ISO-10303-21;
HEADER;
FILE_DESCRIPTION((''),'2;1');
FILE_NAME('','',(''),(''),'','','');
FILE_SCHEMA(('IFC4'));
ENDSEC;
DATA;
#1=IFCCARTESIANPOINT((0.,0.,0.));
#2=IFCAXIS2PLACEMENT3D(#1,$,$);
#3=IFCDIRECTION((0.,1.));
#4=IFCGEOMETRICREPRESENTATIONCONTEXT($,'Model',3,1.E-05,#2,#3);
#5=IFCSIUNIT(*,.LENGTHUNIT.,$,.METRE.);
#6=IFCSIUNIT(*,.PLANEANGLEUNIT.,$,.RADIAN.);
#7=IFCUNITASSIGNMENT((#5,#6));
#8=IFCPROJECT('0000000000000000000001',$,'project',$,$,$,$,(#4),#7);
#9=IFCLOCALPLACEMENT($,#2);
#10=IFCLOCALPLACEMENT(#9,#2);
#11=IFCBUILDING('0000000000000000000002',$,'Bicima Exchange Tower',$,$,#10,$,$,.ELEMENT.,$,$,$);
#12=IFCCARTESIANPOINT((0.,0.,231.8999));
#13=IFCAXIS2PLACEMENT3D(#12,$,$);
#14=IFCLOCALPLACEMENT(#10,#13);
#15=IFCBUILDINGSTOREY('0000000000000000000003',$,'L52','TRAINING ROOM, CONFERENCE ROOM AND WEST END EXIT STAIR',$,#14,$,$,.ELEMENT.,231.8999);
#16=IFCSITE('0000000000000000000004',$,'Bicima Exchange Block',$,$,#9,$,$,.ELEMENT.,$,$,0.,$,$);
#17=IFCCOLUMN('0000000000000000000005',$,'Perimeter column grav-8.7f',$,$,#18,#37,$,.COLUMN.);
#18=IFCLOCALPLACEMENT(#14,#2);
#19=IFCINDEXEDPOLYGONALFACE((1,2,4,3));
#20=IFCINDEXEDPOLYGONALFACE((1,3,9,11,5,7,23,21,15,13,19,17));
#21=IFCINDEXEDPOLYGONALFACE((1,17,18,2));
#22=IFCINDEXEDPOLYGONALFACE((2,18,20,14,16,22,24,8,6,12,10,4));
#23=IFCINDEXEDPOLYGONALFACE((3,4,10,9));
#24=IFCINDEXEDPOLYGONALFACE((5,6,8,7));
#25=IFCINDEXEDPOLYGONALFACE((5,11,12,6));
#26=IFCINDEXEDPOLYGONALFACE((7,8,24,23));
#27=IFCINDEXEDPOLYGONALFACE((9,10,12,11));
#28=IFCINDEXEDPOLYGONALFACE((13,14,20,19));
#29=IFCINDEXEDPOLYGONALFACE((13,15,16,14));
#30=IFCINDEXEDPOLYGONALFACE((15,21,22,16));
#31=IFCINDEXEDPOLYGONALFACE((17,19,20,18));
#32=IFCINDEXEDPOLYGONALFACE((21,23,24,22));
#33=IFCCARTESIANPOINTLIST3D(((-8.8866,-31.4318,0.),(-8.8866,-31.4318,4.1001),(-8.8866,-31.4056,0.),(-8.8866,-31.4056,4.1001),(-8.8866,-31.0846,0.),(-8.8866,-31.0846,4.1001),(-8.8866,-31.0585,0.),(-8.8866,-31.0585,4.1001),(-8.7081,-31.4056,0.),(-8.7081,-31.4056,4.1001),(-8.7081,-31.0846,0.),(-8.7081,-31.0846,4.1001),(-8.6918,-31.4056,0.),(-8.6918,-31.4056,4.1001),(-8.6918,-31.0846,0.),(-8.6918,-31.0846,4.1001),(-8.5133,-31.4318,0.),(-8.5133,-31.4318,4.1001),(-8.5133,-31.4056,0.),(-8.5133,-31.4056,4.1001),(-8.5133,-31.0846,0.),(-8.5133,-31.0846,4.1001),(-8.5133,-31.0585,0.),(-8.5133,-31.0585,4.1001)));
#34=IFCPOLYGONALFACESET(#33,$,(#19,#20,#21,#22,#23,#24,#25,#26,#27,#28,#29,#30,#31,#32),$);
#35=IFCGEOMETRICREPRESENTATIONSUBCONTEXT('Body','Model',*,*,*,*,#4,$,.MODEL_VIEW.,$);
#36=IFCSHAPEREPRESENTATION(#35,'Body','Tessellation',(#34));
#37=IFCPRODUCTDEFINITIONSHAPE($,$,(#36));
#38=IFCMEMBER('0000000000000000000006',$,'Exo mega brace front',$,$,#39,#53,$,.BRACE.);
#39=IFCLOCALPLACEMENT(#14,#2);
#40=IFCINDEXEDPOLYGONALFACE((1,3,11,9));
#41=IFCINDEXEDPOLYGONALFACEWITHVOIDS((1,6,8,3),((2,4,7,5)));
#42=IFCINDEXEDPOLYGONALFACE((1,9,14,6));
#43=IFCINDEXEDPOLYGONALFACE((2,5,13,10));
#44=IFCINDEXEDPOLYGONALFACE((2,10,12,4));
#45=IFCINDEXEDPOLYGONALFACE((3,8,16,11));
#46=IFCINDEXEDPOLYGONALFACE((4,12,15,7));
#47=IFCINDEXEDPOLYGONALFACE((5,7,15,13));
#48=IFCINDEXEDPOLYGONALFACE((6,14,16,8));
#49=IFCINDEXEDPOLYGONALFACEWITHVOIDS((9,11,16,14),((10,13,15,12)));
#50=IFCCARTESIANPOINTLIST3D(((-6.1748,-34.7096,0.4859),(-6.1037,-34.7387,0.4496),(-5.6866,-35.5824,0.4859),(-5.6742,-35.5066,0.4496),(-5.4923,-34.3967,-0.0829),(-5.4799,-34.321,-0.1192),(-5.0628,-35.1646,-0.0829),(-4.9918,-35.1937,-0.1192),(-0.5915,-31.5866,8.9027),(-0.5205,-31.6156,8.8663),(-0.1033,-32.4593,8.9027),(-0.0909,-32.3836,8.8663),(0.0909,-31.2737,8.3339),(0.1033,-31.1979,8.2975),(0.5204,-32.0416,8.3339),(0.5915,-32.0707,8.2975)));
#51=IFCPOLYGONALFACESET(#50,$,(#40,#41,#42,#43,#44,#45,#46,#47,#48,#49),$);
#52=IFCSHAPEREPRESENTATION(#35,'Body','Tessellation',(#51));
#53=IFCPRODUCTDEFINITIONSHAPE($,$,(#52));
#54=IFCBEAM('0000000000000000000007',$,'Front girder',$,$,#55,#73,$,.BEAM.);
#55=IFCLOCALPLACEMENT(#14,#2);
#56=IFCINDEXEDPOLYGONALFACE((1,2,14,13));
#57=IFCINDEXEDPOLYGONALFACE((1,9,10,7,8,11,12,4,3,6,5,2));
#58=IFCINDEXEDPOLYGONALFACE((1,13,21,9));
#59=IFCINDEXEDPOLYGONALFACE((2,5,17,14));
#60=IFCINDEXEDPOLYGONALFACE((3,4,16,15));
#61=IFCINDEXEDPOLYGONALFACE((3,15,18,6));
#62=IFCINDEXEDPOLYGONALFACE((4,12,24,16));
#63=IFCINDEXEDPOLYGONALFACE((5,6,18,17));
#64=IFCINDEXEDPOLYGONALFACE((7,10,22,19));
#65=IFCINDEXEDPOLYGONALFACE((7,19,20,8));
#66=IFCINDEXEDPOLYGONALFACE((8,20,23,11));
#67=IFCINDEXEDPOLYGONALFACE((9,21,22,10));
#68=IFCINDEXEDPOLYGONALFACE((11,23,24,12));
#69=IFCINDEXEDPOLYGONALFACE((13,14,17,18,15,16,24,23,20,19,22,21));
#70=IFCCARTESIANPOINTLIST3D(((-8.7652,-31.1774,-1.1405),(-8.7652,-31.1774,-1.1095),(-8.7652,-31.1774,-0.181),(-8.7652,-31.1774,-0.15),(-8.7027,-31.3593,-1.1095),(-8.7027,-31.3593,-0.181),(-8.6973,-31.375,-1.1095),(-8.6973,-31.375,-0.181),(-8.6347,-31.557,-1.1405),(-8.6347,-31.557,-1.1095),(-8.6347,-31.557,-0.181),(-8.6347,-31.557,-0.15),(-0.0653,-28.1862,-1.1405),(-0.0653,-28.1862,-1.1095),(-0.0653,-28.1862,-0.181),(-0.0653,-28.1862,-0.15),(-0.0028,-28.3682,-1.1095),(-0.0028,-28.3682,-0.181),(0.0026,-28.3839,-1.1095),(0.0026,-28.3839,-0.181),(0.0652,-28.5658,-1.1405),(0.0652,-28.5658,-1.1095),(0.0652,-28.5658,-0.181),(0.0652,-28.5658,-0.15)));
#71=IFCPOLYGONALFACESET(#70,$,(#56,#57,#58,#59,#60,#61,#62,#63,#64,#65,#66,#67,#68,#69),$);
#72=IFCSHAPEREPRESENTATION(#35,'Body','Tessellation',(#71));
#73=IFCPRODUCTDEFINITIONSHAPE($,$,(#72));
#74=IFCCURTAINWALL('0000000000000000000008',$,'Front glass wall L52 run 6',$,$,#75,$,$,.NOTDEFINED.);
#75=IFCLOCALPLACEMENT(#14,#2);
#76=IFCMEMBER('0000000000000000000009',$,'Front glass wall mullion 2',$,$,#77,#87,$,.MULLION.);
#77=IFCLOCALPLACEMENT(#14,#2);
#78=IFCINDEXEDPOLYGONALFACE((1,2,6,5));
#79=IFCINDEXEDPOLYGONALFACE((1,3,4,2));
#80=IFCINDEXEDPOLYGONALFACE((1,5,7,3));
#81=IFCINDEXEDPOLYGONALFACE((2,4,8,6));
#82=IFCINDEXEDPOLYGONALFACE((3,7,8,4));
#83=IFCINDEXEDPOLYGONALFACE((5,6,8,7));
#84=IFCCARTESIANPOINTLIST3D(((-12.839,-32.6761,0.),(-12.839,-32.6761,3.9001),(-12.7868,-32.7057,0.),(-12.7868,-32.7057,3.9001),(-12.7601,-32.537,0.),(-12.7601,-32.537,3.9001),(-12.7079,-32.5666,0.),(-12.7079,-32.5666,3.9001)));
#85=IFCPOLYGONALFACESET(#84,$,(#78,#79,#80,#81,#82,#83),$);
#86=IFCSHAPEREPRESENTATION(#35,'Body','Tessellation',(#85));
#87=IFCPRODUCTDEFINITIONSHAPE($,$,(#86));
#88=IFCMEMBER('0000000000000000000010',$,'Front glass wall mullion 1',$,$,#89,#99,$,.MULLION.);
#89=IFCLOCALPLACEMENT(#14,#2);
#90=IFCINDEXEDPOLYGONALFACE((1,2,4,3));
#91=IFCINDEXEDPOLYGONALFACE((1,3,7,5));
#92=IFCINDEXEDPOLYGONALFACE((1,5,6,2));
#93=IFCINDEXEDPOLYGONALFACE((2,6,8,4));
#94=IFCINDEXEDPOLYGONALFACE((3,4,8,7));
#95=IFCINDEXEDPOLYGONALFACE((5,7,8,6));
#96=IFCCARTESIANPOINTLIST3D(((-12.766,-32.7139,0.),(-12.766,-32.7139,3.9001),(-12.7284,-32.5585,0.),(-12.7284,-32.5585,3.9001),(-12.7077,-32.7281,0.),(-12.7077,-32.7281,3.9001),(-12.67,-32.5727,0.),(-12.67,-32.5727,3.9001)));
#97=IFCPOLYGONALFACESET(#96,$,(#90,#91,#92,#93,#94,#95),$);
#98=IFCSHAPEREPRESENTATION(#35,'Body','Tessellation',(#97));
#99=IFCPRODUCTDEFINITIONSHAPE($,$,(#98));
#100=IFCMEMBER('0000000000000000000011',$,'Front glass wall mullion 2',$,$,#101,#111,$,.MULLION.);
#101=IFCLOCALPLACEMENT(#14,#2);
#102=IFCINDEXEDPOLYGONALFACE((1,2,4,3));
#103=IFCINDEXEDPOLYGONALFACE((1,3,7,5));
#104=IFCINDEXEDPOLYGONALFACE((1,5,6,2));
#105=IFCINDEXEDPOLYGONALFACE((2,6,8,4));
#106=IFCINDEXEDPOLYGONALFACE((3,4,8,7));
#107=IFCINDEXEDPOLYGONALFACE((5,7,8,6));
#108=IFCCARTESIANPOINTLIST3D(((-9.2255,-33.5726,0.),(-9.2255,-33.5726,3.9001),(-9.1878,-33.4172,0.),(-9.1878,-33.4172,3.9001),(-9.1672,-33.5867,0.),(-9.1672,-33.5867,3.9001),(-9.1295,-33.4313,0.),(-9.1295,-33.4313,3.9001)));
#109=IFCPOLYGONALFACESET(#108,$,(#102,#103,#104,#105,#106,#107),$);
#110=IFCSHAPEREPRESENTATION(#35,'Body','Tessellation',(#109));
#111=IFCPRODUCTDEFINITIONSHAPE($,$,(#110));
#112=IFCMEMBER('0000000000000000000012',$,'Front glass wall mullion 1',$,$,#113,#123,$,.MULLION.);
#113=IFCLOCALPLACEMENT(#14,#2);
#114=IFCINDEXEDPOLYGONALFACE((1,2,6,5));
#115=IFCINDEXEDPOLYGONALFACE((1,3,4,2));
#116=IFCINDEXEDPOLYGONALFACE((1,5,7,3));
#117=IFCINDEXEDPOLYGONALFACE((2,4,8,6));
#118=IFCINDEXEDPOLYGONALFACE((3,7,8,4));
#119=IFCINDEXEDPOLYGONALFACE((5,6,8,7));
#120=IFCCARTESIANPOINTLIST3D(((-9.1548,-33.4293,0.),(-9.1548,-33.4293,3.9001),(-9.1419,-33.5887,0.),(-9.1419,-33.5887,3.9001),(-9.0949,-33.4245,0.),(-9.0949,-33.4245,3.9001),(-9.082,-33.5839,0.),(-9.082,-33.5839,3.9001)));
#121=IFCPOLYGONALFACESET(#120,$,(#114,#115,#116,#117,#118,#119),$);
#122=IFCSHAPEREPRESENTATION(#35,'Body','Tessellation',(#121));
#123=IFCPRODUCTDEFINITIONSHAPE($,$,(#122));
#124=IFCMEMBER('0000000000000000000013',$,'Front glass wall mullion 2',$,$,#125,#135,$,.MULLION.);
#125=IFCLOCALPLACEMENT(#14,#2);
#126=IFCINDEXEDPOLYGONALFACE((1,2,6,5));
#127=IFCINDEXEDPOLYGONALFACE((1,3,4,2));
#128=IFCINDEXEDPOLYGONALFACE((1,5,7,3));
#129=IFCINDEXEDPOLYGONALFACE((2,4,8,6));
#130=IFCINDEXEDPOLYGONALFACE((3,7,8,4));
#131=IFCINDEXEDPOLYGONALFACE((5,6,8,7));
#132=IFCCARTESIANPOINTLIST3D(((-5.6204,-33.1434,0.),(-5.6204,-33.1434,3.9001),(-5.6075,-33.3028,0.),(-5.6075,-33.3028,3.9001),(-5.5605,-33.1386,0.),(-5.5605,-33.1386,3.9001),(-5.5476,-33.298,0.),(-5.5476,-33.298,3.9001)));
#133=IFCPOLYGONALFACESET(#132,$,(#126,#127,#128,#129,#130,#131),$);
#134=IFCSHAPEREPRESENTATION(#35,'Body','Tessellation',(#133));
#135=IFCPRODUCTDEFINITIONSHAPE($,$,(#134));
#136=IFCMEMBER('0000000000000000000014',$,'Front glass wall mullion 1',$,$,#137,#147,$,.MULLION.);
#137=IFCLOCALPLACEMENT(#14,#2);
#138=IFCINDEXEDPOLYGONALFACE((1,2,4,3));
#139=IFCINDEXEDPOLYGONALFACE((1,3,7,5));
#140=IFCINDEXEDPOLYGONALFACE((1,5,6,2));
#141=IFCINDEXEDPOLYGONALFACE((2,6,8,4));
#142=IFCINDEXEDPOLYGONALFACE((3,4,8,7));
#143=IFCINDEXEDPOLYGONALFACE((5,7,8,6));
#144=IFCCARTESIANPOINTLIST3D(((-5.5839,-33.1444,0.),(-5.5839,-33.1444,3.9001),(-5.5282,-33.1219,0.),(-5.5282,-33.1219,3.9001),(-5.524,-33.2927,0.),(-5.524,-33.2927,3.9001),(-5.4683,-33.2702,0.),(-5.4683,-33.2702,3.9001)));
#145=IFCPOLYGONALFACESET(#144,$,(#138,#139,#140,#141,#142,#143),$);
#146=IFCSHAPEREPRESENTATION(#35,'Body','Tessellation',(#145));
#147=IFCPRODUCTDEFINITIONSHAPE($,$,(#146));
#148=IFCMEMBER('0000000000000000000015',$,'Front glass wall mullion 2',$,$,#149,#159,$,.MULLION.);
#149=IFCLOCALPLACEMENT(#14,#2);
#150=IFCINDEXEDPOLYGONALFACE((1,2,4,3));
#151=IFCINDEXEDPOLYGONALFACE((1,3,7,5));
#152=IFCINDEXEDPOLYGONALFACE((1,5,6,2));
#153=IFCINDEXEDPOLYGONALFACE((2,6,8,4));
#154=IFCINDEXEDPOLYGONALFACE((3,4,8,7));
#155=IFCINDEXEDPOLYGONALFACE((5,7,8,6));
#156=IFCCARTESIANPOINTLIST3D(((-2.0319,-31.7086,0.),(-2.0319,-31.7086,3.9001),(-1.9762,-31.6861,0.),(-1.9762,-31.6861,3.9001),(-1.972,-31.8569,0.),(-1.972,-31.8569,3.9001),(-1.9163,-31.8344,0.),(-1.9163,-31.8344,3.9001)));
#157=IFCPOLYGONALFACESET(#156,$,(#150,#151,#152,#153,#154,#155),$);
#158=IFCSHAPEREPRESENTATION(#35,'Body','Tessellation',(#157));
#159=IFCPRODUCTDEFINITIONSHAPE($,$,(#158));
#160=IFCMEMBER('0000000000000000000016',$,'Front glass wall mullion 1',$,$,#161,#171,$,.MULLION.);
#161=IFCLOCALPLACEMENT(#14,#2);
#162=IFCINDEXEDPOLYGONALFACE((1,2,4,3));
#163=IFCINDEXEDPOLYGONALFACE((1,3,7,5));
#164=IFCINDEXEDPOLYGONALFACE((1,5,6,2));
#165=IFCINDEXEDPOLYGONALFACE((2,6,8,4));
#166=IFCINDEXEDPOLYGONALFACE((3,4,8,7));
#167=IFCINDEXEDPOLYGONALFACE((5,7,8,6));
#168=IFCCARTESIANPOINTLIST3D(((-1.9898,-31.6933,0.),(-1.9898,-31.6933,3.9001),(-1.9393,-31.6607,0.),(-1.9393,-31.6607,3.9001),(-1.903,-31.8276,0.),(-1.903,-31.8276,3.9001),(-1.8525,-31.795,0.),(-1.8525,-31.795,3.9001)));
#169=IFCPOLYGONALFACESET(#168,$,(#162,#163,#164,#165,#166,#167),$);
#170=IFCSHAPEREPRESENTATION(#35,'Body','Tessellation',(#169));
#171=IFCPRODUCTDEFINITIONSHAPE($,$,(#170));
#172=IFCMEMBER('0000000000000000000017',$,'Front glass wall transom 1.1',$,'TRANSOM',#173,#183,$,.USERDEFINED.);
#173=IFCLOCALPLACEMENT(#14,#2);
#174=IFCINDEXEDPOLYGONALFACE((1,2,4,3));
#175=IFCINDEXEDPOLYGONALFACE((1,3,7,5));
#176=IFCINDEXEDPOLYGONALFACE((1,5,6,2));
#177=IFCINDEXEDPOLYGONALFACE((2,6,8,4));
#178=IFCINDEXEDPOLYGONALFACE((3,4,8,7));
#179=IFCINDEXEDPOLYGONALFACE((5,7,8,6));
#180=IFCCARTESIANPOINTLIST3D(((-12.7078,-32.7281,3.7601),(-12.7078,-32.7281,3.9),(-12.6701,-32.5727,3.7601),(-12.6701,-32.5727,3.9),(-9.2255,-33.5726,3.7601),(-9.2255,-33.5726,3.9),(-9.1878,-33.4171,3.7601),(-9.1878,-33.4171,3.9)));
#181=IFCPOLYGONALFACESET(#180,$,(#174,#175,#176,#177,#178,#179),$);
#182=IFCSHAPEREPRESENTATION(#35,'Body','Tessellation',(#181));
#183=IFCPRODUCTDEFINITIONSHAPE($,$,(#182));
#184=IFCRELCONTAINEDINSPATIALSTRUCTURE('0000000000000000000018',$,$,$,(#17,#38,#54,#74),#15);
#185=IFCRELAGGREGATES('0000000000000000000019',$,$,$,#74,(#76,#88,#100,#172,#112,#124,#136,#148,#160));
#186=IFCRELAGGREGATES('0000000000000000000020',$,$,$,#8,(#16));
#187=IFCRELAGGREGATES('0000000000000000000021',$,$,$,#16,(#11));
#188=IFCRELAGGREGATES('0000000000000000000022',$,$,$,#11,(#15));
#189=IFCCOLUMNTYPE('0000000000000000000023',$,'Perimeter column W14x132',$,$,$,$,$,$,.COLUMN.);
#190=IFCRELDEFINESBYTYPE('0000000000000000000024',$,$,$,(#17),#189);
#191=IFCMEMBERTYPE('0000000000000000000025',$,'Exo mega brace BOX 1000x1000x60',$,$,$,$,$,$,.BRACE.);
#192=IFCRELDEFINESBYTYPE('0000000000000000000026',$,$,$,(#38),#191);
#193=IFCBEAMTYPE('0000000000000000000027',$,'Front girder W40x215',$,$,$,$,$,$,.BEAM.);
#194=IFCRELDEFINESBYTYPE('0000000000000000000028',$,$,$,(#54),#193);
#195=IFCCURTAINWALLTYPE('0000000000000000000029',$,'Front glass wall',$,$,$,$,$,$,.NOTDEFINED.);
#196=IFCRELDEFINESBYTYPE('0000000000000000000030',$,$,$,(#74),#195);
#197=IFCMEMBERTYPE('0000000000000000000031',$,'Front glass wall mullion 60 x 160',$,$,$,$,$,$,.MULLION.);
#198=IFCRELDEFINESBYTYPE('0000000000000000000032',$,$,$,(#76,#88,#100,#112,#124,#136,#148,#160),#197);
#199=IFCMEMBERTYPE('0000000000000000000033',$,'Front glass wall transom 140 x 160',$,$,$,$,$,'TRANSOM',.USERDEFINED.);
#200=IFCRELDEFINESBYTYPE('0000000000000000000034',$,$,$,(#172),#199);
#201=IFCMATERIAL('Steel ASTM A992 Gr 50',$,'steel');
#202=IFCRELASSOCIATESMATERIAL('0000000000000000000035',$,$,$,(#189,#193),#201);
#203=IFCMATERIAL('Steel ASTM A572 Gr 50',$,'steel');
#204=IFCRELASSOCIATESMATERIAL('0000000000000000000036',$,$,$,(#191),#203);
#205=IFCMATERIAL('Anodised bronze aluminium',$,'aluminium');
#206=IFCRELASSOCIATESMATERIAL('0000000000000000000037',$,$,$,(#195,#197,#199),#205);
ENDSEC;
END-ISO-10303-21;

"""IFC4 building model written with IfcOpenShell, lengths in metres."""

from ifc_helpers import new_model, si_unit, direction, frame, origin, origin_2d, place, context, subcontext, project, spatial, rectangle, hollow_rectangle, i_section, extrude, material, material_profile, profile_set, type_object, element, aggregate, save


model = new_model("IFC4")

# Units and contexts
model_context = context("Model", 3, precision=1e-05, world=origin(), true_north=direction((0.0, 1.0)))
body_context = subcontext(model_context, "Body", "Model", "MODEL_VIEW")
ifc_project = project(units=[si_unit("LENGTHUNIT", "METRE"), si_unit("PLANEANGLEUNIT", "RADIAN")], contexts=[model_context])

# Site, building, storey
site_placement = place(None, origin())
site = spatial("IfcSite", under=ifc_project, at=site_placement, Name="Bicima Exchange Block", CompositionType="ELEMENT", RefElevation=0.0)
building_placement = place(site_placement, origin())
building = spatial("IfcBuilding", under=site, at=building_placement, Name="Bicima Exchange Tower", CompositionType="ELEMENT")
storey_placement = place(building_placement, frame((0.0, 0.0, 231.8999)))
storey = spatial("IfcBuildingStorey", under=building, at=storey_placement, Name="L52", Description="TRAINING ROOM, CONFERENCE ROOM AND WEST END EXIT STAIR", CompositionType="ELEMENT", Elevation=231.8999)

# Column
ifc_material_1 = material(Name="Steel ASTM A992 Gr 50", Category="steel")
ifc_material_profile_1 = material_profile(ifc_material_1, i_section(OverallWidth=0.3733, OverallDepth=0.3733, WebThickness=0.0164, FlangeThickness=0.0261, at=origin_2d()))
ifc_profile_set_1 = profile_set([ifc_material_profile_1], Name="Steel ASTM A992 Gr 50")
column_type = type_object("IfcColumnType", Name="Perimeter column W14x132", PredefinedType="COLUMN", material=ifc_profile_set_1)
column_placement = place(storey_placement, frame((-8.7, -31.2451, 0.0), z_axis=(0.0, 0.0, 1.0), x_axis=(1.0, 0.0, 0.0)))
element("IfcColumn", 1, at=column_placement, inside=storey, type_object=column_type, Name="Perimeter column grav-8.7f", PredefinedType="COLUMN", context=body_context, shape_type="SweptSolid", body=[
    extrude(i_section(OverallWidth=0.3733, OverallDepth=0.3733, WebThickness=0.0164, FlangeThickness=0.0261, at=origin_2d()), origin(), (0.0, 0.0, 1.0), 4.1001),
])

# Member
ifc_material_2 = material(Name="Steel ASTM A572 Gr 50", Category="steel")
ifc_material_profile_2 = material_profile(ifc_material_2, hollow_rectangle(XDim=1.0, YDim=1.0, WallThickness=0.0601, at=origin_2d()))
ifc_profile_set_2 = profile_set([ifc_material_profile_2], Name="Steel ASTM A572 Gr 50")
member_type_1 = type_object("IfcMemberType", Name="Exo mega brace BOX 1000x1000x60", PredefinedType="BRACE", material=ifc_profile_set_2)
member_1_placement = place(storey_placement, frame((-5.5833, -34.9517, 0.1833), z_axis=(0.528116, 0.295407, 0.796134), x_axis=(-0.488178, 0.872744, 0.0)))
element("IfcMember", 2, at=member_1_placement, inside=storey, type_object=member_type_1, Name="Exo mega brace front", PredefinedType="BRACE", context=body_context, shape_type="SweptSolid", body=[
    extrude(hollow_rectangle(XDim=1.0, YDim=1.0, WallThickness=0.0601, at=origin_2d()), origin(), (0.0, 0.0, 1.0), 10.572),
])

# Beam
ifc_material_profile_3 = material_profile(ifc_material_1, i_section(OverallWidth=0.4014, OverallDepth=0.9905, WebThickness=0.0166, FlangeThickness=0.031, at=origin_2d()))
ifc_profile_set_3 = profile_set([ifc_material_profile_3], Name="Steel ASTM A992 Gr 50")
beam_type = type_object("IfcBeamType", Name="Front girder W40x215", PredefinedType="BEAM", material=ifc_profile_set_3)
beam_placement = place(storey_placement, frame((-8.7, -31.3672, -0.6453), z_axis=(0.945666, 0.325138, 0.0), x_axis=(-0.325138, 0.945666, 0.0)))
element("IfcBeam", 3, at=beam_placement, inside=storey, type_object=beam_type, Name="Front girder", PredefinedType="BEAM", context=body_context, shape_type="SweptSolid", body=[
    extrude(i_section(OverallWidth=0.4014, OverallDepth=0.9905, WebThickness=0.0166, FlangeThickness=0.031, at=origin_2d()), origin(), (0.0, 0.0, 1.0), 9.1997),
])

# Curtain wall, members
ifc_material_3 = material(Name="Anodised bronze aluminium", Category="aluminium")
curtain_wall_type = type_object("IfcCurtainWallType", Name="Front glass wall", PredefinedType="NOTDEFINED", material=ifc_material_3)
curtain_wall_placement = place(storey_placement, origin())
curtain_wall = element("IfcCurtainWall", 4, at=curtain_wall_placement, inside=storey, type_object=curtain_wall_type, Name="Front glass wall L52 run 6", PredefinedType="NOTDEFINED")
ifc_material_profile_4 = material_profile(ifc_material_3, rectangle(XDim=0.1599, YDim=0.0601, at=origin_2d()))
ifc_profile_set_4 = profile_set([ifc_material_profile_4], Name="Anodised bronze aluminium")
member_type_2 = type_object("IfcMemberType", Name="Front glass wall mullion 60 x 160", PredefinedType="MULLION", material=ifc_profile_set_4)
member_2_placement = place(storey_placement, frame((-12.7734, -32.6213, 0.0), z_axis=(0.0, 0.0, 1.0), x_axis=(0.493395, 0.869805, 0.0)))
member_2 = element("IfcMember", 5, at=member_2_placement, type_object=member_type_2, Name="Front glass wall mullion 2", PredefinedType="MULLION", context=body_context, shape_type="SweptSolid", body=[
    extrude(rectangle(XDim=0.1599, YDim=0.0601, at=origin_2d()), origin(), (0.0, 0.0, 1.0), 3.9001),
])
member_3_placement = place(storey_placement, frame((-12.718, -32.6433, 0.0), z_axis=(0.0, 0.0, 1.0), x_axis=(0.235682, 0.97183, 0.0)))
member_3 = element("IfcMember", 6, at=member_3_placement, type_object=member_type_2, Name="Front glass wall mullion 1", PredefinedType="MULLION", context=body_context, shape_type="SweptSolid", body=[
    extrude(rectangle(XDim=0.1599, YDim=0.0601, at=origin_2d()), origin(), (0.0, 0.0, 1.0), 3.9001),
])
member_4_placement = place(storey_placement, frame((-9.1775, -33.502, 0.0), z_axis=(0.0, 0.0, 1.0), x_axis=(0.235682, 0.97183, 0.0)))
member_4 = element("IfcMember", 7, at=member_4_placement, type_object=member_type_2, Name="Front glass wall mullion 2", PredefinedType="MULLION", context=body_context, shape_type="SweptSolid", body=[
    extrude(rectangle(XDim=0.1599, YDim=0.0601, at=origin_2d()), origin(), (0.0, 0.0, 1.0), 3.9001),
])
member_5_placement = place(storey_placement, frame((-9.1184, -33.5066, 0.0), z_axis=(0.0, 0.0, 1.0), x_axis=(-0.080589, 0.996747, 0.0)))
member_5 = element("IfcMember", 8, at=member_5_placement, type_object=member_type_2, Name="Front glass wall mullion 1", PredefinedType="MULLION", context=body_context, shape_type="SweptSolid", body=[
    extrude(rectangle(XDim=0.1599, YDim=0.0601, at=origin_2d()), origin(), (0.0, 0.0, 1.0), 3.9001),
])
member_6_placement = place(storey_placement, frame((-5.584, -33.2207, 0.0), z_axis=(0.0, 0.0, 1.0), x_axis=(-0.080589, 0.996747, 0.0)))
member_6 = element("IfcMember", 9, at=member_6_placement, type_object=member_type_2, Name="Front glass wall mullion 2", PredefinedType="MULLION", context=body_context, shape_type="SweptSolid", body=[
    extrude(rectangle(XDim=0.1599, YDim=0.0601, at=origin_2d()), origin(), (0.0, 0.0, 1.0), 3.9001),
])
member_7_placement = place(storey_placement, frame((-5.5261, -33.2073, 0.0), z_axis=(0.0, 0.0, 1.0), x_axis=(-0.374705, 0.927144, 0.0)))
member_7 = element("IfcMember", 10, at=member_7_placement, type_object=member_type_2, Name="Front glass wall mullion 1", PredefinedType="MULLION", context=body_context, shape_type="SweptSolid", body=[
    extrude(rectangle(XDim=0.1599, YDim=0.0601, at=origin_2d()), origin(), (0.0, 0.0, 1.0), 3.9001),
])
member_8_placement = place(storey_placement, frame((-1.9741, -31.7715, 0.0), z_axis=(0.0, 0.0, 1.0), x_axis=(-0.374705, 0.927144, 0.0)))
member_8 = element("IfcMember", 11, at=member_8_placement, type_object=member_type_2, Name="Front glass wall mullion 2", PredefinedType="MULLION", context=body_context, shape_type="SweptSolid", body=[
    extrude(rectangle(XDim=0.1599, YDim=0.0601, at=origin_2d()), origin(), (0.0, 0.0, 1.0), 3.9001),
])
member_9_placement = place(storey_placement, frame((-1.9211, -31.7441, 0.0), z_axis=(0.0, 0.0, 1.0), x_axis=(-0.542897, 0.839799, 0.0)))
member_9 = element("IfcMember", 12, at=member_9_placement, type_object=member_type_2, Name="Front glass wall mullion 1", PredefinedType="MULLION", context=body_context, shape_type="SweptSolid", body=[
    extrude(rectangle(XDim=0.1599, YDim=0.0601, at=origin_2d()), origin(), (0.0, 0.0, 1.0), 3.9001),
])
ifc_material_profile_5 = material_profile(ifc_material_3, rectangle(XDim=0.1599, YDim=0.1399, at=origin_2d()))
ifc_profile_set_5 = profile_set([ifc_material_profile_5], Name="Anodised bronze aluminium")
member_type_3 = type_object("IfcMemberType", Name="Front glass wall transom 140 x 160", ElementType="TRANSOM", PredefinedType="USERDEFINED", material=ifc_profile_set_5)
member_10_placement = place(storey_placement, frame((-12.689, -32.6504, 3.8301), z_axis=(0.971834, -0.235668, 0.0), x_axis=(0.235668, 0.971834, 0.0)))
member_10 = element("IfcMember", 13, at=member_10_placement, type_object=member_type_3, Name="Front glass wall transom 1.1", ObjectType="TRANSOM", PredefinedType="USERDEFINED", context=body_context, shape_type="SweptSolid", body=[
    extrude(rectangle(XDim=0.1599, YDim=0.1399, at=origin_2d()), origin(), (0.0, 0.0, 1.0), 3.5833),
])
aggregate(curtain_wall, [member_2, member_3, member_4, member_10, member_5, member_6, member_7, member_8, member_9])

save(model, "model.ifc")
